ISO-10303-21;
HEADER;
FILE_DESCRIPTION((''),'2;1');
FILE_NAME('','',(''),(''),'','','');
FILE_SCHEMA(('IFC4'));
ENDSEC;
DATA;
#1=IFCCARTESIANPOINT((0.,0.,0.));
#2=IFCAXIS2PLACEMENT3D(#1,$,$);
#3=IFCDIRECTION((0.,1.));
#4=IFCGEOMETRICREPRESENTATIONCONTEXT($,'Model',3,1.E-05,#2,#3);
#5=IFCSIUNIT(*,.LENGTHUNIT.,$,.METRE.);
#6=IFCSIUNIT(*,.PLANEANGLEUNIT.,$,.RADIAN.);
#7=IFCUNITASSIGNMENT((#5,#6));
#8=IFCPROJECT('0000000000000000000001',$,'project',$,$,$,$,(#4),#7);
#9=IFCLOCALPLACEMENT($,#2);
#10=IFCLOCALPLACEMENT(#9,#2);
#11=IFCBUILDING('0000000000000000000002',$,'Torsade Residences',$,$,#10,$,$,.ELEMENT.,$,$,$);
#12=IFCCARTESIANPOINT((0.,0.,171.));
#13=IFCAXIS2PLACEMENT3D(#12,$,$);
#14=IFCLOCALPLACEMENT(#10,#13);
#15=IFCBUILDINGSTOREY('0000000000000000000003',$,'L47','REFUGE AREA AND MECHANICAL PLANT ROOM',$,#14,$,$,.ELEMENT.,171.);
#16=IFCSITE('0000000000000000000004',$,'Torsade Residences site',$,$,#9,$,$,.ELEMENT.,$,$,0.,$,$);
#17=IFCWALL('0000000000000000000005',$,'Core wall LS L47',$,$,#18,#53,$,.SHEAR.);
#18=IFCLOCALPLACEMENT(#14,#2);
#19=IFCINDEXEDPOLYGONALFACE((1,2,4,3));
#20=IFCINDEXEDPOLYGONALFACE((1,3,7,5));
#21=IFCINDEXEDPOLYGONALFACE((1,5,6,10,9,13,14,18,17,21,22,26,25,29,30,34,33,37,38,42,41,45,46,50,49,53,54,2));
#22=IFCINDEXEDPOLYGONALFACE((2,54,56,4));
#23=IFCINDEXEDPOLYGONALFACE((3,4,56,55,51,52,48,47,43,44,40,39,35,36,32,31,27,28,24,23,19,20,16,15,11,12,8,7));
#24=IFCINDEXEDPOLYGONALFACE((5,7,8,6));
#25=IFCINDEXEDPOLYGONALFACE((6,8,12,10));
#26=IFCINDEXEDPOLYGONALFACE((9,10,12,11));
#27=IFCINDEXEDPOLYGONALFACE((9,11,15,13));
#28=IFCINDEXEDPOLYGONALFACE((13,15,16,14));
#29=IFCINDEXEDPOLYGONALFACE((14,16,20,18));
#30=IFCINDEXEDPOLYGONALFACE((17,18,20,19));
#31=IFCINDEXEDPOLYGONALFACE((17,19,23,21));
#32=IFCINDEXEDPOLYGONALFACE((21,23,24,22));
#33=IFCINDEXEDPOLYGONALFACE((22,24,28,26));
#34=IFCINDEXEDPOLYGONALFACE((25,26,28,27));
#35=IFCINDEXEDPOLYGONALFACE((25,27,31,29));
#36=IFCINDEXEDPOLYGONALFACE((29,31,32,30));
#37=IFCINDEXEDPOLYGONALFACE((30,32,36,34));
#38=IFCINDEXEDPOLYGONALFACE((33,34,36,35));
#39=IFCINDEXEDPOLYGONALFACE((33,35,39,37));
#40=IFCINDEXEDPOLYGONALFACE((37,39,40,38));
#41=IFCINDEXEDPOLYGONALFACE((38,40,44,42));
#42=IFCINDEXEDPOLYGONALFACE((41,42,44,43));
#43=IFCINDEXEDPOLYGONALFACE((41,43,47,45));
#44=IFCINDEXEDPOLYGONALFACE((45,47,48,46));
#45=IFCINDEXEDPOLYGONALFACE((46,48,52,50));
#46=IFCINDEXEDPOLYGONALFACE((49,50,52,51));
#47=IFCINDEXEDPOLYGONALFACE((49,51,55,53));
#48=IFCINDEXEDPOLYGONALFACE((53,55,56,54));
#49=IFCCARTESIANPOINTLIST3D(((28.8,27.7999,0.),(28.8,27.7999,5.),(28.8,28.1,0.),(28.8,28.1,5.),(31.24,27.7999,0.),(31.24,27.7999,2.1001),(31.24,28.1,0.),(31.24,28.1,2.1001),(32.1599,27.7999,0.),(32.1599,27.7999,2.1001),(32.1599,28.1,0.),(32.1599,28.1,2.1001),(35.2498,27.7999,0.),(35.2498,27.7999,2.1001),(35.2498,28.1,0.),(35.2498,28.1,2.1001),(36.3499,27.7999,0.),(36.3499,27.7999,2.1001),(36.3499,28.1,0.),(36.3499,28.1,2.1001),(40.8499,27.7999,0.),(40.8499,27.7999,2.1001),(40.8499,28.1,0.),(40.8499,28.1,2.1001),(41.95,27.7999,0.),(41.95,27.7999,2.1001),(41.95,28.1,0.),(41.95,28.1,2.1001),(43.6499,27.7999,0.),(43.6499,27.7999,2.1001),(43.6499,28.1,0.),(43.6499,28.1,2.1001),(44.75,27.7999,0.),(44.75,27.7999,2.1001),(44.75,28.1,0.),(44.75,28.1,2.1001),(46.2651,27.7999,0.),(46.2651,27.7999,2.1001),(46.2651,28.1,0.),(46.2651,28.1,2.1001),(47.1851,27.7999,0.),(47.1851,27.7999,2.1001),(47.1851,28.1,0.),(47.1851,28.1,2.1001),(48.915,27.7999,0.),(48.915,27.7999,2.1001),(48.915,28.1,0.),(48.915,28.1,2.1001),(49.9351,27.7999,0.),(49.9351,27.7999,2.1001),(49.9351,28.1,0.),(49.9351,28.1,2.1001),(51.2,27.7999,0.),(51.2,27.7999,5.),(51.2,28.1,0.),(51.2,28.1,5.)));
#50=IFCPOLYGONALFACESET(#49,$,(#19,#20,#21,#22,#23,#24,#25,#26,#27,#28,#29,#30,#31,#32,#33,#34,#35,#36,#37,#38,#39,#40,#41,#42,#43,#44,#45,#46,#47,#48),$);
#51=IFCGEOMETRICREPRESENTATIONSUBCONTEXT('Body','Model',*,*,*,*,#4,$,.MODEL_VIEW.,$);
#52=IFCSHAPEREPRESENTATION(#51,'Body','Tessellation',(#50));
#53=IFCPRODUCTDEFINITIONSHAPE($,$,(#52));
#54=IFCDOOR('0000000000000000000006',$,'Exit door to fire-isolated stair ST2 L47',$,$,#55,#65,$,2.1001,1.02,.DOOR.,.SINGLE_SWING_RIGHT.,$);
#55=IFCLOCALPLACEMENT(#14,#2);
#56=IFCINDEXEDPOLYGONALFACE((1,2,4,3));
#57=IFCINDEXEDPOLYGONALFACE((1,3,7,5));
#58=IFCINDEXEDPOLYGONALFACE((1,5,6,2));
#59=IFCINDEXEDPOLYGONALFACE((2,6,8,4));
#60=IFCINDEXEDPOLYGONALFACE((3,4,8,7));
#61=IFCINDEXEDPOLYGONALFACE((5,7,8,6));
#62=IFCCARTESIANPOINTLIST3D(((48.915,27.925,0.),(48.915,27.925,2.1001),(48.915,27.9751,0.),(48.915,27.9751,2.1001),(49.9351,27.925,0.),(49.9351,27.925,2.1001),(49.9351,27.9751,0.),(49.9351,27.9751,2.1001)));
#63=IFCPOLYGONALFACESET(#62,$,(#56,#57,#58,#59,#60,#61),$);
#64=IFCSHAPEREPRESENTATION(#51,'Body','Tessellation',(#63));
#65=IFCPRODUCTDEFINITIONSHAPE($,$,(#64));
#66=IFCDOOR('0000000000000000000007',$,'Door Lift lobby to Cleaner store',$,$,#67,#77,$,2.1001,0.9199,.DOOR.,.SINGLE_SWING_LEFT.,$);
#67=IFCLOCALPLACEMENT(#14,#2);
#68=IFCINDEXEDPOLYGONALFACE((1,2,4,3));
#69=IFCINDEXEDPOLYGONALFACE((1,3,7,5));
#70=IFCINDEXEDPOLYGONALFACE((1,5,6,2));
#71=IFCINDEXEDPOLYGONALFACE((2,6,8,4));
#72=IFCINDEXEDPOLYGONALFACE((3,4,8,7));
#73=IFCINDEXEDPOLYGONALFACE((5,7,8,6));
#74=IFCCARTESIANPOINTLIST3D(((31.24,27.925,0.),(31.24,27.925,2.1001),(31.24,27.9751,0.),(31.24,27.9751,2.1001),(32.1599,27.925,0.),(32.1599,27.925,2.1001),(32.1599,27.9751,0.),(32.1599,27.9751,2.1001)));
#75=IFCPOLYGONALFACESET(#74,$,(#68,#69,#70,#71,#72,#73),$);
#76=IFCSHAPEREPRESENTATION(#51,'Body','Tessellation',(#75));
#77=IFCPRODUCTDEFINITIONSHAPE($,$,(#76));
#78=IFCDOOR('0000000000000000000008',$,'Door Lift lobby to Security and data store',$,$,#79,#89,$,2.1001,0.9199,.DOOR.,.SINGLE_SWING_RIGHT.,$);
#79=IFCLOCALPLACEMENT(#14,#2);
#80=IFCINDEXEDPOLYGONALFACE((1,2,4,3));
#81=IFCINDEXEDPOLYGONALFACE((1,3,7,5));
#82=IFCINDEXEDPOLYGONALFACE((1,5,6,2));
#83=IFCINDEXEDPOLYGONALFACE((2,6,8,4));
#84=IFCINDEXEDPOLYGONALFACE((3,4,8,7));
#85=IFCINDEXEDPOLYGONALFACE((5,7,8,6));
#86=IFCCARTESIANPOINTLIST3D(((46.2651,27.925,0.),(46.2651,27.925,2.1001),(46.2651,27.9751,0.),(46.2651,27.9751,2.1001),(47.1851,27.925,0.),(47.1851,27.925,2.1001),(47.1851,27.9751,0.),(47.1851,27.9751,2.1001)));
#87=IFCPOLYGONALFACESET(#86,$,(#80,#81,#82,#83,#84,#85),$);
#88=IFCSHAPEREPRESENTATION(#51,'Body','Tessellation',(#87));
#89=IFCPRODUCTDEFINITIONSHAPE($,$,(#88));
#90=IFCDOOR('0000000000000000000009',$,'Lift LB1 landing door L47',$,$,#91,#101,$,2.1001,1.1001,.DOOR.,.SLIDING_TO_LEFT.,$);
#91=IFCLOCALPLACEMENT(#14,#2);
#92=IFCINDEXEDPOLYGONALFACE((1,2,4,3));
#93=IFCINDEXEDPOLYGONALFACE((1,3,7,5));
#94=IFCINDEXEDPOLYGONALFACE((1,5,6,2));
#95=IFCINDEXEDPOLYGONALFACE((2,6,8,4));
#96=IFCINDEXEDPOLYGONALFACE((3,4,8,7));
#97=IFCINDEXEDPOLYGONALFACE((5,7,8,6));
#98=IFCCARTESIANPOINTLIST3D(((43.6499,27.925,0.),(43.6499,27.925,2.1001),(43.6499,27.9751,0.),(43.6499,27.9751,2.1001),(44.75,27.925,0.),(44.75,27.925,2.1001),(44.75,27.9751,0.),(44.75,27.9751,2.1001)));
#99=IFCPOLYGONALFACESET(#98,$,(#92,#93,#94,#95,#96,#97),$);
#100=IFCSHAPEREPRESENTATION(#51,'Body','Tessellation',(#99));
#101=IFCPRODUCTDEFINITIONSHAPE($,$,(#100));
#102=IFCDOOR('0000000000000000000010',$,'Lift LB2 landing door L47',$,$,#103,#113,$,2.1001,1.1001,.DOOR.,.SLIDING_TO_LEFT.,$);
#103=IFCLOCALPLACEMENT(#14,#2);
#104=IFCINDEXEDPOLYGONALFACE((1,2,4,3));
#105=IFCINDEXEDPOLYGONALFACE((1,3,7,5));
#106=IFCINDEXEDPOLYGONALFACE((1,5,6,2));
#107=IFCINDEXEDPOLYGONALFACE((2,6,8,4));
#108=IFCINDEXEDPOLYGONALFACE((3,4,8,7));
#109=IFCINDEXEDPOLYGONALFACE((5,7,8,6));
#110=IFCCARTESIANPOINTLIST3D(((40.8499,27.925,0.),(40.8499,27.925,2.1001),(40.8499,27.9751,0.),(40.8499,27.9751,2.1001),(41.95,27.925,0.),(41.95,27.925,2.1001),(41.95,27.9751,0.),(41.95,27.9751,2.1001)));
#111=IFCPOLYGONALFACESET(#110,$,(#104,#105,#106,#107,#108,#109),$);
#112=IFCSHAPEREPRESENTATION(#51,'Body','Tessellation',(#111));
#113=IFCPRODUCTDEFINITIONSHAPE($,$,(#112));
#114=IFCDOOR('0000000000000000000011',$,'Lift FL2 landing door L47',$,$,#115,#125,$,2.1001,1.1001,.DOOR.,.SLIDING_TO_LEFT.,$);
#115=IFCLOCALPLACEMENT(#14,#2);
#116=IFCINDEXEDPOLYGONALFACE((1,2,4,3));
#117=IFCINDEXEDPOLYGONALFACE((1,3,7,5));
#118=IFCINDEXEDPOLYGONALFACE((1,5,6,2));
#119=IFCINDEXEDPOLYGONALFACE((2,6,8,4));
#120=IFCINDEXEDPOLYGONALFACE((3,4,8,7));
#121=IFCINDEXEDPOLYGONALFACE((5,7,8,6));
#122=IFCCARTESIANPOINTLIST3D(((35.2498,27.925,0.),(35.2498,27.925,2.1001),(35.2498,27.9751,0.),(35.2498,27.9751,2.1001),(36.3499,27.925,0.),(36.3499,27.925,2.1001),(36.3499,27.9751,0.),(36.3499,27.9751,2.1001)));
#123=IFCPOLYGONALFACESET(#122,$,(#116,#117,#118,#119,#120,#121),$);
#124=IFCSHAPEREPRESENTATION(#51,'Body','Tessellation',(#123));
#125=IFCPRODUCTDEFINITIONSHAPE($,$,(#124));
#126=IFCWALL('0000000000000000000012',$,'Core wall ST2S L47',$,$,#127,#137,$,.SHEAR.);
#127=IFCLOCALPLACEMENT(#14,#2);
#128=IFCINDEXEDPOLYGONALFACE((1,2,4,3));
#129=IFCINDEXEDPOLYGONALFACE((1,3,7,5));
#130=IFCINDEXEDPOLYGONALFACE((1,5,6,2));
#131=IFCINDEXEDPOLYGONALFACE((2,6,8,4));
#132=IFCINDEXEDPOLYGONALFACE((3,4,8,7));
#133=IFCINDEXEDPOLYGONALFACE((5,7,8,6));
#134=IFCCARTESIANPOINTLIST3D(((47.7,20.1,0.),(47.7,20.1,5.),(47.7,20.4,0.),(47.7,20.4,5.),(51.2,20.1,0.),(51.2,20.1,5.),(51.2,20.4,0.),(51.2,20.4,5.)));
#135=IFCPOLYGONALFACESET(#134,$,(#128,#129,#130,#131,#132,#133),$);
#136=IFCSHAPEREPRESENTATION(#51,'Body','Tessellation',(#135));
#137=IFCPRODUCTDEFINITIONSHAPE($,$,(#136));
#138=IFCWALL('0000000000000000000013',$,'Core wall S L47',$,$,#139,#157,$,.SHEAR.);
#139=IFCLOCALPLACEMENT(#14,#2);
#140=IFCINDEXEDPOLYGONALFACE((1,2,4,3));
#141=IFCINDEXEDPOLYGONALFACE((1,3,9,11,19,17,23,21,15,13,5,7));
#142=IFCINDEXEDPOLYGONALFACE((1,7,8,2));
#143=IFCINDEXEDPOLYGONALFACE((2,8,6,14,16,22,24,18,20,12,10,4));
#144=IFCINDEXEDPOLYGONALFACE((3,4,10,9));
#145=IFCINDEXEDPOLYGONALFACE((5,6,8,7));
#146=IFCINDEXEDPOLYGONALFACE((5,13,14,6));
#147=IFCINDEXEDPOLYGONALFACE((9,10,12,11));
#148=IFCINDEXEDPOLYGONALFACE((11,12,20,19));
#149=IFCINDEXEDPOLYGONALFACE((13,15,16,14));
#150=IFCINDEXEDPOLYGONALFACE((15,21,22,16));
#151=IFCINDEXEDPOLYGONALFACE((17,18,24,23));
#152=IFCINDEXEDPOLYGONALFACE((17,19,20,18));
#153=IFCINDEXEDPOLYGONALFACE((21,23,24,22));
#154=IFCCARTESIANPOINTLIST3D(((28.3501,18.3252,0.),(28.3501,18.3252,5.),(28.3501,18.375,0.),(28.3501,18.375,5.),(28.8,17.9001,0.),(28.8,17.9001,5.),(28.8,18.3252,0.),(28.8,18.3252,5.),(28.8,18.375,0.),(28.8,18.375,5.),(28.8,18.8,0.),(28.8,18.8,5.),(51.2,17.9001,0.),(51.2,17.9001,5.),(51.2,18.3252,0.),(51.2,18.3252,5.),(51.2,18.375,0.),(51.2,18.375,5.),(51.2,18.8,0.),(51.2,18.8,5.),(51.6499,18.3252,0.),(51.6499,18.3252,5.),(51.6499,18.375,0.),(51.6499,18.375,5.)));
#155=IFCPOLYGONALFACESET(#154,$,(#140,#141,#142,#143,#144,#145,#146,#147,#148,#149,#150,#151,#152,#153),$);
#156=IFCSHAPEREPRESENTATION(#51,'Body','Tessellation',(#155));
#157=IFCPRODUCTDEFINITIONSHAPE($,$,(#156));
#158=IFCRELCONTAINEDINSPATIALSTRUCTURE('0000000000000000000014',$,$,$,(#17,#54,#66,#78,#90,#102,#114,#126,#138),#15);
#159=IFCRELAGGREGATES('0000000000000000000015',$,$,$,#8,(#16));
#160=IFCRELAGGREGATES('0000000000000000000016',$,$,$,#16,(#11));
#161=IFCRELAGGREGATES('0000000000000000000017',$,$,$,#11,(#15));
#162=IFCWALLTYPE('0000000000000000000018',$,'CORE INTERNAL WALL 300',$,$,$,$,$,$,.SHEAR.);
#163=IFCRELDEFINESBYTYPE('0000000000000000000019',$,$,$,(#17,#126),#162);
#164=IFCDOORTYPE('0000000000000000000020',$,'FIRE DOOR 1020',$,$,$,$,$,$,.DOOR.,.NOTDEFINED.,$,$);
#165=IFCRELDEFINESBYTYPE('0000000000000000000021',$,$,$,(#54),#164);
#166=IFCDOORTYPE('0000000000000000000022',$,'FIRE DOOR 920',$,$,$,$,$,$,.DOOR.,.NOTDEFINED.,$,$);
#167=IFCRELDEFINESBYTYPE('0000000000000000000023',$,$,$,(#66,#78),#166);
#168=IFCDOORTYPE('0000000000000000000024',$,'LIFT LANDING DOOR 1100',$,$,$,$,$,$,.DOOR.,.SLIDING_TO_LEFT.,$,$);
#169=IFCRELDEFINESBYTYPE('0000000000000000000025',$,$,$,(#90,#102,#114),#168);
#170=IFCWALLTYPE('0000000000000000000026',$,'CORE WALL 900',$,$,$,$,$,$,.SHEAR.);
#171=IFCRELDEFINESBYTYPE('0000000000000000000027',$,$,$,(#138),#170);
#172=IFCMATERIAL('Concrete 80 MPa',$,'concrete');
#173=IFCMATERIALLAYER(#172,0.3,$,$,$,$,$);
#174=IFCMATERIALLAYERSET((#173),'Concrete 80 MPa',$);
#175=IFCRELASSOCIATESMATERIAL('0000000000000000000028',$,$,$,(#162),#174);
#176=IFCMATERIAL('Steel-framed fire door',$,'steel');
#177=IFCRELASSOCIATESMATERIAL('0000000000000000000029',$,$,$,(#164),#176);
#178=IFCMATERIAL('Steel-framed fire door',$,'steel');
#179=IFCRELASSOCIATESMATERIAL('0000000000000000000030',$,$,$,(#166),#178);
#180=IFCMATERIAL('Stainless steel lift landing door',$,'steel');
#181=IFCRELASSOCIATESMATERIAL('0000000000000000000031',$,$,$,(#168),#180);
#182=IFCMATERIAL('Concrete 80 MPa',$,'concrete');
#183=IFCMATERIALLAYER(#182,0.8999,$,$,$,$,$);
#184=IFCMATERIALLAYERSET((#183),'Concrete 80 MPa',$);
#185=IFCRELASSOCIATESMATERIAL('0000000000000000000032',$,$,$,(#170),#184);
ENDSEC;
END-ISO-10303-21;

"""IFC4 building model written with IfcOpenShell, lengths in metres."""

from ifc_helpers import new_model, si_unit, direction, frame, frame_2d, origin, place, context, subcontext, project, spatial, polyline, rectangle, outline, extrude, material, layer, layer_set, type_object, element, fill, save


model = new_model("IFC4")

# Units and contexts
model_context = context("Model", 3, precision=1e-05, world=origin(), true_north=direction((0.0, 1.0)))
body_context = subcontext(model_context, "Body", "Model", "MODEL_VIEW")
ifc_project = project(units=[si_unit("LENGTHUNIT", "METRE"), si_unit("PLANEANGLEUNIT", "RADIAN")], contexts=[model_context])

# Site, building, storey
site_placement = place(None, origin())
site = spatial("IfcSite", under=ifc_project, at=site_placement, Name="Torsade Residences site", CompositionType="ELEMENT", RefElevation=0.0)
building_placement = place(site_placement, origin())
building = spatial("IfcBuilding", under=site, at=building_placement, Name="Torsade Residences", CompositionType="ELEMENT")
storey_placement = place(building_placement, frame((0.0, 0.0, 171.0)))
storey = spatial("IfcBuildingStorey", under=building, at=storey_placement, Name="L47", Description="REFUGE AREA AND MECHANICAL PLANT ROOM", CompositionType="ELEMENT", Elevation=171.0)

# Wall, openings, doors
ifc_material_1 = material(Name="Concrete 80 MPa", Category="concrete")
ifc_layer_1 = layer(ifc_material_1, 0.3)
ifc_layer_set_1 = layer_set([ifc_layer_1], Name="Concrete 80 MPa")
wall_type_1 = type_object("IfcWallType", Name="CORE INTERNAL WALL 300", PredefinedType="SHEAR", material=ifc_layer_set_1)
wall_1_placement = place(storey_placement, frame((51.2, 27.95, 0.0), z_axis=(0.0, 0.0, 1.0), x_axis=(-1.0, 0.0, 0.0)))
wall_1 = element("IfcWall", 1, at=wall_1_placement, inside=storey, type_object=wall_type_1, Name="Core wall LS L47", PredefinedType="SHEAR", context=body_context, shape_type="SweptSolid", body=[
    extrude(rectangle(XDim=22.3999, YDim=0.3, at=frame_2d((11.2, 0.0))), origin(), (0.0, 0.0, 1.0), 5.0),
])
opening_1_placement = place(wall_1_placement, frame((19.04, 0.0, 0.0)))
opening_1 = element("IfcOpeningElement", 2, at=opening_1_placement, cuts=wall_1, PredefinedType="OPENING", context=body_context, shape_type="SweptSolid", body=[
    extrude(rectangle(XDim=0.9199, YDim=2.1001, at=frame_2d((0.46, 1.05))), frame((0.0, 0.1599, 0.0), z_axis=(0.0, -1.0, 0.0), x_axis=(1.0, 0.0, 0.0)), (0.0, 0.0, 1.0), 0.3201),
])
opening_2_placement = place(wall_1_placement, frame((1.2649, 0.0, 0.0)))
opening_2 = element("IfcOpeningElement", 3, at=opening_2_placement, cuts=wall_1, PredefinedType="OPENING", context=body_context, shape_type="SweptSolid", body=[
    extrude(rectangle(XDim=1.02, YDim=2.1001, at=frame_2d((0.51, 1.05))), frame((0.0, 0.1599, 0.0), z_axis=(0.0, -1.0, 0.0), x_axis=(1.0, 0.0, 0.0)), (0.0, 0.0, 1.0), 0.3201),
])
opening_3_placement = place(wall_1_placement, frame((4.0149, 0.0, 0.0)))
opening_3 = element("IfcOpeningElement", 4, at=opening_3_placement, cuts=wall_1, PredefinedType="OPENING", context=body_context, shape_type="SweptSolid", body=[
    extrude(rectangle(XDim=0.9199, YDim=2.1001, at=frame_2d((0.46, 1.05))), frame((0.0, 0.1599, 0.0), z_axis=(0.0, -1.0, 0.0), x_axis=(1.0, 0.0, 0.0)), (0.0, 0.0, 1.0), 0.3201),
])
opening_4_placement = place(wall_1_placement, frame((6.45, 0.0, 0.0)))
opening_4 = element("IfcOpeningElement", 5, at=opening_4_placement, cuts=wall_1, PredefinedType="OPENING", context=body_context, shape_type="SweptSolid", body=[
    extrude(rectangle(XDim=1.1001, YDim=2.1001, at=frame_2d((0.55, 1.05))), frame((0.0, 0.1599, 0.0), z_axis=(0.0, -1.0, 0.0), x_axis=(1.0, 0.0, 0.0)), (0.0, 0.0, 1.0), 0.3201),
])
opening_5_placement = place(wall_1_placement, frame((9.25, 0.0, 0.0)))
opening_5 = element("IfcOpeningElement", 6, at=opening_5_placement, cuts=wall_1, PredefinedType="OPENING", context=body_context, shape_type="SweptSolid", body=[
    extrude(rectangle(XDim=1.1001, YDim=2.1001, at=frame_2d((0.55, 1.05))), frame((0.0, 0.1599, 0.0), z_axis=(0.0, -1.0, 0.0), x_axis=(1.0, 0.0, 0.0)), (0.0, 0.0, 1.0), 0.3201),
])
opening_6_placement = place(wall_1_placement, frame((14.8501, 0.0, 0.0)))
opening_6 = element("IfcOpeningElement", 7, at=opening_6_placement, cuts=wall_1, PredefinedType="OPENING", context=body_context, shape_type="SweptSolid", body=[
    extrude(rectangle(XDim=1.1001, YDim=2.1001, at=frame_2d((0.55, 1.05))), frame((0.0, 0.1599, 0.0), z_axis=(0.0, -1.0, 0.0), x_axis=(1.0, 0.0, 0.0)), (0.0, 0.0, 1.0), 0.3201),
])
ifc_material_2 = material(Name="Steel-framed fire door", Category="steel")
door_type_1 = type_object("IfcDoorType", Name="FIRE DOOR 1020", OperationType="NOTDEFINED", PredefinedType="DOOR", material=ifc_material_2)
door_1_placement = place(opening_2_placement, origin())
door_1 = element("IfcDoor", 8, at=door_1_placement, inside=storey, type_object=door_type_1, Name="Exit door to fire-isolated stair ST2 L47", OperationType="SINGLE_SWING_RIGHT", OverallHeight=2.1001, OverallWidth=1.02, PredefinedType="DOOR", context=body_context, shape_type="SweptSolid", body=[
    extrude(rectangle(XDim=1.02, YDim=2.1001, at=frame_2d((0.51, 1.05))), frame((0.0, 0.0249, 0.0), z_axis=(0.0, -1.0, 0.0), x_axis=(1.0, 0.0, 0.0)), (0.0, 0.0, 1.0), 0.05),
])
fill(opening_2, door_1)
ifc_material_3 = material(Name="Steel-framed fire door", Category="steel")
door_type_2 = type_object("IfcDoorType", Name="FIRE DOOR 920", OperationType="NOTDEFINED", PredefinedType="DOOR", material=ifc_material_3)
door_2_placement = place(opening_1_placement, origin())
door_2 = element("IfcDoor", 9, at=door_2_placement, inside=storey, type_object=door_type_2, Name="Door Lift lobby to Cleaner store", OperationType="SINGLE_SWING_LEFT", OverallHeight=2.1001, OverallWidth=0.9199, PredefinedType="DOOR", context=body_context, shape_type="SweptSolid", body=[
    extrude(rectangle(XDim=0.9199, YDim=2.1001, at=frame_2d((0.46, 1.05))), frame((0.0, 0.0249, 0.0), z_axis=(0.0, -1.0, 0.0), x_axis=(1.0, 0.0, 0.0)), (0.0, 0.0, 1.0), 0.05),
])
fill(opening_1, door_2)
door_3_placement = place(opening_3_placement, origin())
door_3 = element("IfcDoor", 10, at=door_3_placement, inside=storey, type_object=door_type_2, Name="Door Lift lobby to Security and data store", OperationType="SINGLE_SWING_RIGHT", OverallHeight=2.1001, OverallWidth=0.9199, PredefinedType="DOOR", context=body_context, shape_type="SweptSolid", body=[
    extrude(rectangle(XDim=0.9199, YDim=2.1001, at=frame_2d((0.46, 1.05))), frame((0.0, 0.0249, 0.0), z_axis=(0.0, -1.0, 0.0), x_axis=(1.0, 0.0, 0.0)), (0.0, 0.0, 1.0), 0.05),
])
fill(opening_3, door_3)
ifc_material_4 = material(Name="Stainless steel lift landing door", Category="steel")
door_type_3 = type_object("IfcDoorType", Name="LIFT LANDING DOOR 1100", OperationType="SLIDING_TO_LEFT", PredefinedType="DOOR", material=ifc_material_4)
door_4_placement = place(opening_4_placement, origin())
door_4 = element("IfcDoor", 11, at=door_4_placement, inside=storey, type_object=door_type_3, Name="Lift LB1 landing door L47", OperationType="SLIDING_TO_LEFT", OverallHeight=2.1001, OverallWidth=1.1001, PredefinedType="DOOR", context=body_context, shape_type="SweptSolid", body=[
    extrude(rectangle(XDim=1.1001, YDim=2.1001, at=frame_2d((0.55, 1.05))), frame((0.0, 0.0249, 0.0), z_axis=(0.0, -1.0, 0.0), x_axis=(1.0, 0.0, 0.0)), (0.0, 0.0, 1.0), 0.05),
])
fill(opening_4, door_4)
door_5_placement = place(opening_5_placement, origin())
door_5 = element("IfcDoor", 12, at=door_5_placement, inside=storey, type_object=door_type_3, Name="Lift LB2 landing door L47", OperationType="SLIDING_TO_LEFT", OverallHeight=2.1001, OverallWidth=1.1001, PredefinedType="DOOR", context=body_context, shape_type="SweptSolid", body=[
    extrude(rectangle(XDim=1.1001, YDim=2.1001, at=frame_2d((0.55, 1.05))), frame((0.0, 0.0249, 0.0), z_axis=(0.0, -1.0, 0.0), x_axis=(1.0, 0.0, 0.0)), (0.0, 0.0, 1.0), 0.05),
])
fill(opening_5, door_5)
door_6_placement = place(opening_6_placement, origin())
door_6 = element("IfcDoor", 13, at=door_6_placement, inside=storey, type_object=door_type_3, Name="Lift FL2 landing door L47", OperationType="SLIDING_TO_LEFT", OverallHeight=2.1001, OverallWidth=1.1001, PredefinedType="DOOR", context=body_context, shape_type="SweptSolid", body=[
    extrude(rectangle(XDim=1.1001, YDim=2.1001, at=frame_2d((0.55, 1.05))), frame((0.0, 0.0249, 0.0), z_axis=(0.0, -1.0, 0.0), x_axis=(1.0, 0.0, 0.0)), (0.0, 0.0, 1.0), 0.05),
])
fill(opening_6, door_6)

# Walls
wall_2_placement = place(storey_placement, frame((51.2, 20.25, 0.0), z_axis=(0.0, 0.0, 1.0), x_axis=(-1.0, 0.0, 0.0)))
element("IfcWall", 14, at=wall_2_placement, inside=storey, type_object=wall_type_1, Name="Core wall ST2S L47", PredefinedType="SHEAR", context=body_context, shape_type="SweptSolid", body=[
    extrude(rectangle(XDim=3.5, YDim=0.3, at=frame_2d((1.75, 0.0))), origin(), (0.0, 0.0, 1.0), 5.0),
])
ifc_material_5 = material(Name="Concrete 80 MPa", Category="concrete")
ifc_layer_2 = layer(ifc_material_5, 0.8999)
ifc_layer_set_2 = layer_set([ifc_layer_2], Name="Concrete 80 MPa")
wall_type_2 = type_object("IfcWallType", Name="CORE WALL 900", PredefinedType="SHEAR", material=ifc_layer_set_2)
wall_3_placement = place(storey_placement, frame((51.2, 18.3501, 0.0), z_axis=(0.0, 0.0, 1.0), x_axis=(-1.0, 0.0, 0.0)))
element("IfcWall", 15, at=wall_3_placement, inside=storey, type_object=wall_type_2, Name="Core wall S L47", PredefinedType="SHEAR", context=body_context, shape_type="SweptSolid", body=[
    extrude(outline(polyline([(0.0, -0.45), (22.3999, -0.45), (22.3999, -0.0249), (22.8499, -0.0249), (22.8499, 0.0249), (22.3999, 0.0249), (22.3999, 0.45), (0.0, 0.45), (0.0, 0.0249), (-0.45, 0.0249), (-0.45, -0.0249), (0.0, -0.0249), (0.0, -0.45)])), origin(), (0.0, 0.0, 1.0), 5.0),
])

save(model, "model.ifc")
